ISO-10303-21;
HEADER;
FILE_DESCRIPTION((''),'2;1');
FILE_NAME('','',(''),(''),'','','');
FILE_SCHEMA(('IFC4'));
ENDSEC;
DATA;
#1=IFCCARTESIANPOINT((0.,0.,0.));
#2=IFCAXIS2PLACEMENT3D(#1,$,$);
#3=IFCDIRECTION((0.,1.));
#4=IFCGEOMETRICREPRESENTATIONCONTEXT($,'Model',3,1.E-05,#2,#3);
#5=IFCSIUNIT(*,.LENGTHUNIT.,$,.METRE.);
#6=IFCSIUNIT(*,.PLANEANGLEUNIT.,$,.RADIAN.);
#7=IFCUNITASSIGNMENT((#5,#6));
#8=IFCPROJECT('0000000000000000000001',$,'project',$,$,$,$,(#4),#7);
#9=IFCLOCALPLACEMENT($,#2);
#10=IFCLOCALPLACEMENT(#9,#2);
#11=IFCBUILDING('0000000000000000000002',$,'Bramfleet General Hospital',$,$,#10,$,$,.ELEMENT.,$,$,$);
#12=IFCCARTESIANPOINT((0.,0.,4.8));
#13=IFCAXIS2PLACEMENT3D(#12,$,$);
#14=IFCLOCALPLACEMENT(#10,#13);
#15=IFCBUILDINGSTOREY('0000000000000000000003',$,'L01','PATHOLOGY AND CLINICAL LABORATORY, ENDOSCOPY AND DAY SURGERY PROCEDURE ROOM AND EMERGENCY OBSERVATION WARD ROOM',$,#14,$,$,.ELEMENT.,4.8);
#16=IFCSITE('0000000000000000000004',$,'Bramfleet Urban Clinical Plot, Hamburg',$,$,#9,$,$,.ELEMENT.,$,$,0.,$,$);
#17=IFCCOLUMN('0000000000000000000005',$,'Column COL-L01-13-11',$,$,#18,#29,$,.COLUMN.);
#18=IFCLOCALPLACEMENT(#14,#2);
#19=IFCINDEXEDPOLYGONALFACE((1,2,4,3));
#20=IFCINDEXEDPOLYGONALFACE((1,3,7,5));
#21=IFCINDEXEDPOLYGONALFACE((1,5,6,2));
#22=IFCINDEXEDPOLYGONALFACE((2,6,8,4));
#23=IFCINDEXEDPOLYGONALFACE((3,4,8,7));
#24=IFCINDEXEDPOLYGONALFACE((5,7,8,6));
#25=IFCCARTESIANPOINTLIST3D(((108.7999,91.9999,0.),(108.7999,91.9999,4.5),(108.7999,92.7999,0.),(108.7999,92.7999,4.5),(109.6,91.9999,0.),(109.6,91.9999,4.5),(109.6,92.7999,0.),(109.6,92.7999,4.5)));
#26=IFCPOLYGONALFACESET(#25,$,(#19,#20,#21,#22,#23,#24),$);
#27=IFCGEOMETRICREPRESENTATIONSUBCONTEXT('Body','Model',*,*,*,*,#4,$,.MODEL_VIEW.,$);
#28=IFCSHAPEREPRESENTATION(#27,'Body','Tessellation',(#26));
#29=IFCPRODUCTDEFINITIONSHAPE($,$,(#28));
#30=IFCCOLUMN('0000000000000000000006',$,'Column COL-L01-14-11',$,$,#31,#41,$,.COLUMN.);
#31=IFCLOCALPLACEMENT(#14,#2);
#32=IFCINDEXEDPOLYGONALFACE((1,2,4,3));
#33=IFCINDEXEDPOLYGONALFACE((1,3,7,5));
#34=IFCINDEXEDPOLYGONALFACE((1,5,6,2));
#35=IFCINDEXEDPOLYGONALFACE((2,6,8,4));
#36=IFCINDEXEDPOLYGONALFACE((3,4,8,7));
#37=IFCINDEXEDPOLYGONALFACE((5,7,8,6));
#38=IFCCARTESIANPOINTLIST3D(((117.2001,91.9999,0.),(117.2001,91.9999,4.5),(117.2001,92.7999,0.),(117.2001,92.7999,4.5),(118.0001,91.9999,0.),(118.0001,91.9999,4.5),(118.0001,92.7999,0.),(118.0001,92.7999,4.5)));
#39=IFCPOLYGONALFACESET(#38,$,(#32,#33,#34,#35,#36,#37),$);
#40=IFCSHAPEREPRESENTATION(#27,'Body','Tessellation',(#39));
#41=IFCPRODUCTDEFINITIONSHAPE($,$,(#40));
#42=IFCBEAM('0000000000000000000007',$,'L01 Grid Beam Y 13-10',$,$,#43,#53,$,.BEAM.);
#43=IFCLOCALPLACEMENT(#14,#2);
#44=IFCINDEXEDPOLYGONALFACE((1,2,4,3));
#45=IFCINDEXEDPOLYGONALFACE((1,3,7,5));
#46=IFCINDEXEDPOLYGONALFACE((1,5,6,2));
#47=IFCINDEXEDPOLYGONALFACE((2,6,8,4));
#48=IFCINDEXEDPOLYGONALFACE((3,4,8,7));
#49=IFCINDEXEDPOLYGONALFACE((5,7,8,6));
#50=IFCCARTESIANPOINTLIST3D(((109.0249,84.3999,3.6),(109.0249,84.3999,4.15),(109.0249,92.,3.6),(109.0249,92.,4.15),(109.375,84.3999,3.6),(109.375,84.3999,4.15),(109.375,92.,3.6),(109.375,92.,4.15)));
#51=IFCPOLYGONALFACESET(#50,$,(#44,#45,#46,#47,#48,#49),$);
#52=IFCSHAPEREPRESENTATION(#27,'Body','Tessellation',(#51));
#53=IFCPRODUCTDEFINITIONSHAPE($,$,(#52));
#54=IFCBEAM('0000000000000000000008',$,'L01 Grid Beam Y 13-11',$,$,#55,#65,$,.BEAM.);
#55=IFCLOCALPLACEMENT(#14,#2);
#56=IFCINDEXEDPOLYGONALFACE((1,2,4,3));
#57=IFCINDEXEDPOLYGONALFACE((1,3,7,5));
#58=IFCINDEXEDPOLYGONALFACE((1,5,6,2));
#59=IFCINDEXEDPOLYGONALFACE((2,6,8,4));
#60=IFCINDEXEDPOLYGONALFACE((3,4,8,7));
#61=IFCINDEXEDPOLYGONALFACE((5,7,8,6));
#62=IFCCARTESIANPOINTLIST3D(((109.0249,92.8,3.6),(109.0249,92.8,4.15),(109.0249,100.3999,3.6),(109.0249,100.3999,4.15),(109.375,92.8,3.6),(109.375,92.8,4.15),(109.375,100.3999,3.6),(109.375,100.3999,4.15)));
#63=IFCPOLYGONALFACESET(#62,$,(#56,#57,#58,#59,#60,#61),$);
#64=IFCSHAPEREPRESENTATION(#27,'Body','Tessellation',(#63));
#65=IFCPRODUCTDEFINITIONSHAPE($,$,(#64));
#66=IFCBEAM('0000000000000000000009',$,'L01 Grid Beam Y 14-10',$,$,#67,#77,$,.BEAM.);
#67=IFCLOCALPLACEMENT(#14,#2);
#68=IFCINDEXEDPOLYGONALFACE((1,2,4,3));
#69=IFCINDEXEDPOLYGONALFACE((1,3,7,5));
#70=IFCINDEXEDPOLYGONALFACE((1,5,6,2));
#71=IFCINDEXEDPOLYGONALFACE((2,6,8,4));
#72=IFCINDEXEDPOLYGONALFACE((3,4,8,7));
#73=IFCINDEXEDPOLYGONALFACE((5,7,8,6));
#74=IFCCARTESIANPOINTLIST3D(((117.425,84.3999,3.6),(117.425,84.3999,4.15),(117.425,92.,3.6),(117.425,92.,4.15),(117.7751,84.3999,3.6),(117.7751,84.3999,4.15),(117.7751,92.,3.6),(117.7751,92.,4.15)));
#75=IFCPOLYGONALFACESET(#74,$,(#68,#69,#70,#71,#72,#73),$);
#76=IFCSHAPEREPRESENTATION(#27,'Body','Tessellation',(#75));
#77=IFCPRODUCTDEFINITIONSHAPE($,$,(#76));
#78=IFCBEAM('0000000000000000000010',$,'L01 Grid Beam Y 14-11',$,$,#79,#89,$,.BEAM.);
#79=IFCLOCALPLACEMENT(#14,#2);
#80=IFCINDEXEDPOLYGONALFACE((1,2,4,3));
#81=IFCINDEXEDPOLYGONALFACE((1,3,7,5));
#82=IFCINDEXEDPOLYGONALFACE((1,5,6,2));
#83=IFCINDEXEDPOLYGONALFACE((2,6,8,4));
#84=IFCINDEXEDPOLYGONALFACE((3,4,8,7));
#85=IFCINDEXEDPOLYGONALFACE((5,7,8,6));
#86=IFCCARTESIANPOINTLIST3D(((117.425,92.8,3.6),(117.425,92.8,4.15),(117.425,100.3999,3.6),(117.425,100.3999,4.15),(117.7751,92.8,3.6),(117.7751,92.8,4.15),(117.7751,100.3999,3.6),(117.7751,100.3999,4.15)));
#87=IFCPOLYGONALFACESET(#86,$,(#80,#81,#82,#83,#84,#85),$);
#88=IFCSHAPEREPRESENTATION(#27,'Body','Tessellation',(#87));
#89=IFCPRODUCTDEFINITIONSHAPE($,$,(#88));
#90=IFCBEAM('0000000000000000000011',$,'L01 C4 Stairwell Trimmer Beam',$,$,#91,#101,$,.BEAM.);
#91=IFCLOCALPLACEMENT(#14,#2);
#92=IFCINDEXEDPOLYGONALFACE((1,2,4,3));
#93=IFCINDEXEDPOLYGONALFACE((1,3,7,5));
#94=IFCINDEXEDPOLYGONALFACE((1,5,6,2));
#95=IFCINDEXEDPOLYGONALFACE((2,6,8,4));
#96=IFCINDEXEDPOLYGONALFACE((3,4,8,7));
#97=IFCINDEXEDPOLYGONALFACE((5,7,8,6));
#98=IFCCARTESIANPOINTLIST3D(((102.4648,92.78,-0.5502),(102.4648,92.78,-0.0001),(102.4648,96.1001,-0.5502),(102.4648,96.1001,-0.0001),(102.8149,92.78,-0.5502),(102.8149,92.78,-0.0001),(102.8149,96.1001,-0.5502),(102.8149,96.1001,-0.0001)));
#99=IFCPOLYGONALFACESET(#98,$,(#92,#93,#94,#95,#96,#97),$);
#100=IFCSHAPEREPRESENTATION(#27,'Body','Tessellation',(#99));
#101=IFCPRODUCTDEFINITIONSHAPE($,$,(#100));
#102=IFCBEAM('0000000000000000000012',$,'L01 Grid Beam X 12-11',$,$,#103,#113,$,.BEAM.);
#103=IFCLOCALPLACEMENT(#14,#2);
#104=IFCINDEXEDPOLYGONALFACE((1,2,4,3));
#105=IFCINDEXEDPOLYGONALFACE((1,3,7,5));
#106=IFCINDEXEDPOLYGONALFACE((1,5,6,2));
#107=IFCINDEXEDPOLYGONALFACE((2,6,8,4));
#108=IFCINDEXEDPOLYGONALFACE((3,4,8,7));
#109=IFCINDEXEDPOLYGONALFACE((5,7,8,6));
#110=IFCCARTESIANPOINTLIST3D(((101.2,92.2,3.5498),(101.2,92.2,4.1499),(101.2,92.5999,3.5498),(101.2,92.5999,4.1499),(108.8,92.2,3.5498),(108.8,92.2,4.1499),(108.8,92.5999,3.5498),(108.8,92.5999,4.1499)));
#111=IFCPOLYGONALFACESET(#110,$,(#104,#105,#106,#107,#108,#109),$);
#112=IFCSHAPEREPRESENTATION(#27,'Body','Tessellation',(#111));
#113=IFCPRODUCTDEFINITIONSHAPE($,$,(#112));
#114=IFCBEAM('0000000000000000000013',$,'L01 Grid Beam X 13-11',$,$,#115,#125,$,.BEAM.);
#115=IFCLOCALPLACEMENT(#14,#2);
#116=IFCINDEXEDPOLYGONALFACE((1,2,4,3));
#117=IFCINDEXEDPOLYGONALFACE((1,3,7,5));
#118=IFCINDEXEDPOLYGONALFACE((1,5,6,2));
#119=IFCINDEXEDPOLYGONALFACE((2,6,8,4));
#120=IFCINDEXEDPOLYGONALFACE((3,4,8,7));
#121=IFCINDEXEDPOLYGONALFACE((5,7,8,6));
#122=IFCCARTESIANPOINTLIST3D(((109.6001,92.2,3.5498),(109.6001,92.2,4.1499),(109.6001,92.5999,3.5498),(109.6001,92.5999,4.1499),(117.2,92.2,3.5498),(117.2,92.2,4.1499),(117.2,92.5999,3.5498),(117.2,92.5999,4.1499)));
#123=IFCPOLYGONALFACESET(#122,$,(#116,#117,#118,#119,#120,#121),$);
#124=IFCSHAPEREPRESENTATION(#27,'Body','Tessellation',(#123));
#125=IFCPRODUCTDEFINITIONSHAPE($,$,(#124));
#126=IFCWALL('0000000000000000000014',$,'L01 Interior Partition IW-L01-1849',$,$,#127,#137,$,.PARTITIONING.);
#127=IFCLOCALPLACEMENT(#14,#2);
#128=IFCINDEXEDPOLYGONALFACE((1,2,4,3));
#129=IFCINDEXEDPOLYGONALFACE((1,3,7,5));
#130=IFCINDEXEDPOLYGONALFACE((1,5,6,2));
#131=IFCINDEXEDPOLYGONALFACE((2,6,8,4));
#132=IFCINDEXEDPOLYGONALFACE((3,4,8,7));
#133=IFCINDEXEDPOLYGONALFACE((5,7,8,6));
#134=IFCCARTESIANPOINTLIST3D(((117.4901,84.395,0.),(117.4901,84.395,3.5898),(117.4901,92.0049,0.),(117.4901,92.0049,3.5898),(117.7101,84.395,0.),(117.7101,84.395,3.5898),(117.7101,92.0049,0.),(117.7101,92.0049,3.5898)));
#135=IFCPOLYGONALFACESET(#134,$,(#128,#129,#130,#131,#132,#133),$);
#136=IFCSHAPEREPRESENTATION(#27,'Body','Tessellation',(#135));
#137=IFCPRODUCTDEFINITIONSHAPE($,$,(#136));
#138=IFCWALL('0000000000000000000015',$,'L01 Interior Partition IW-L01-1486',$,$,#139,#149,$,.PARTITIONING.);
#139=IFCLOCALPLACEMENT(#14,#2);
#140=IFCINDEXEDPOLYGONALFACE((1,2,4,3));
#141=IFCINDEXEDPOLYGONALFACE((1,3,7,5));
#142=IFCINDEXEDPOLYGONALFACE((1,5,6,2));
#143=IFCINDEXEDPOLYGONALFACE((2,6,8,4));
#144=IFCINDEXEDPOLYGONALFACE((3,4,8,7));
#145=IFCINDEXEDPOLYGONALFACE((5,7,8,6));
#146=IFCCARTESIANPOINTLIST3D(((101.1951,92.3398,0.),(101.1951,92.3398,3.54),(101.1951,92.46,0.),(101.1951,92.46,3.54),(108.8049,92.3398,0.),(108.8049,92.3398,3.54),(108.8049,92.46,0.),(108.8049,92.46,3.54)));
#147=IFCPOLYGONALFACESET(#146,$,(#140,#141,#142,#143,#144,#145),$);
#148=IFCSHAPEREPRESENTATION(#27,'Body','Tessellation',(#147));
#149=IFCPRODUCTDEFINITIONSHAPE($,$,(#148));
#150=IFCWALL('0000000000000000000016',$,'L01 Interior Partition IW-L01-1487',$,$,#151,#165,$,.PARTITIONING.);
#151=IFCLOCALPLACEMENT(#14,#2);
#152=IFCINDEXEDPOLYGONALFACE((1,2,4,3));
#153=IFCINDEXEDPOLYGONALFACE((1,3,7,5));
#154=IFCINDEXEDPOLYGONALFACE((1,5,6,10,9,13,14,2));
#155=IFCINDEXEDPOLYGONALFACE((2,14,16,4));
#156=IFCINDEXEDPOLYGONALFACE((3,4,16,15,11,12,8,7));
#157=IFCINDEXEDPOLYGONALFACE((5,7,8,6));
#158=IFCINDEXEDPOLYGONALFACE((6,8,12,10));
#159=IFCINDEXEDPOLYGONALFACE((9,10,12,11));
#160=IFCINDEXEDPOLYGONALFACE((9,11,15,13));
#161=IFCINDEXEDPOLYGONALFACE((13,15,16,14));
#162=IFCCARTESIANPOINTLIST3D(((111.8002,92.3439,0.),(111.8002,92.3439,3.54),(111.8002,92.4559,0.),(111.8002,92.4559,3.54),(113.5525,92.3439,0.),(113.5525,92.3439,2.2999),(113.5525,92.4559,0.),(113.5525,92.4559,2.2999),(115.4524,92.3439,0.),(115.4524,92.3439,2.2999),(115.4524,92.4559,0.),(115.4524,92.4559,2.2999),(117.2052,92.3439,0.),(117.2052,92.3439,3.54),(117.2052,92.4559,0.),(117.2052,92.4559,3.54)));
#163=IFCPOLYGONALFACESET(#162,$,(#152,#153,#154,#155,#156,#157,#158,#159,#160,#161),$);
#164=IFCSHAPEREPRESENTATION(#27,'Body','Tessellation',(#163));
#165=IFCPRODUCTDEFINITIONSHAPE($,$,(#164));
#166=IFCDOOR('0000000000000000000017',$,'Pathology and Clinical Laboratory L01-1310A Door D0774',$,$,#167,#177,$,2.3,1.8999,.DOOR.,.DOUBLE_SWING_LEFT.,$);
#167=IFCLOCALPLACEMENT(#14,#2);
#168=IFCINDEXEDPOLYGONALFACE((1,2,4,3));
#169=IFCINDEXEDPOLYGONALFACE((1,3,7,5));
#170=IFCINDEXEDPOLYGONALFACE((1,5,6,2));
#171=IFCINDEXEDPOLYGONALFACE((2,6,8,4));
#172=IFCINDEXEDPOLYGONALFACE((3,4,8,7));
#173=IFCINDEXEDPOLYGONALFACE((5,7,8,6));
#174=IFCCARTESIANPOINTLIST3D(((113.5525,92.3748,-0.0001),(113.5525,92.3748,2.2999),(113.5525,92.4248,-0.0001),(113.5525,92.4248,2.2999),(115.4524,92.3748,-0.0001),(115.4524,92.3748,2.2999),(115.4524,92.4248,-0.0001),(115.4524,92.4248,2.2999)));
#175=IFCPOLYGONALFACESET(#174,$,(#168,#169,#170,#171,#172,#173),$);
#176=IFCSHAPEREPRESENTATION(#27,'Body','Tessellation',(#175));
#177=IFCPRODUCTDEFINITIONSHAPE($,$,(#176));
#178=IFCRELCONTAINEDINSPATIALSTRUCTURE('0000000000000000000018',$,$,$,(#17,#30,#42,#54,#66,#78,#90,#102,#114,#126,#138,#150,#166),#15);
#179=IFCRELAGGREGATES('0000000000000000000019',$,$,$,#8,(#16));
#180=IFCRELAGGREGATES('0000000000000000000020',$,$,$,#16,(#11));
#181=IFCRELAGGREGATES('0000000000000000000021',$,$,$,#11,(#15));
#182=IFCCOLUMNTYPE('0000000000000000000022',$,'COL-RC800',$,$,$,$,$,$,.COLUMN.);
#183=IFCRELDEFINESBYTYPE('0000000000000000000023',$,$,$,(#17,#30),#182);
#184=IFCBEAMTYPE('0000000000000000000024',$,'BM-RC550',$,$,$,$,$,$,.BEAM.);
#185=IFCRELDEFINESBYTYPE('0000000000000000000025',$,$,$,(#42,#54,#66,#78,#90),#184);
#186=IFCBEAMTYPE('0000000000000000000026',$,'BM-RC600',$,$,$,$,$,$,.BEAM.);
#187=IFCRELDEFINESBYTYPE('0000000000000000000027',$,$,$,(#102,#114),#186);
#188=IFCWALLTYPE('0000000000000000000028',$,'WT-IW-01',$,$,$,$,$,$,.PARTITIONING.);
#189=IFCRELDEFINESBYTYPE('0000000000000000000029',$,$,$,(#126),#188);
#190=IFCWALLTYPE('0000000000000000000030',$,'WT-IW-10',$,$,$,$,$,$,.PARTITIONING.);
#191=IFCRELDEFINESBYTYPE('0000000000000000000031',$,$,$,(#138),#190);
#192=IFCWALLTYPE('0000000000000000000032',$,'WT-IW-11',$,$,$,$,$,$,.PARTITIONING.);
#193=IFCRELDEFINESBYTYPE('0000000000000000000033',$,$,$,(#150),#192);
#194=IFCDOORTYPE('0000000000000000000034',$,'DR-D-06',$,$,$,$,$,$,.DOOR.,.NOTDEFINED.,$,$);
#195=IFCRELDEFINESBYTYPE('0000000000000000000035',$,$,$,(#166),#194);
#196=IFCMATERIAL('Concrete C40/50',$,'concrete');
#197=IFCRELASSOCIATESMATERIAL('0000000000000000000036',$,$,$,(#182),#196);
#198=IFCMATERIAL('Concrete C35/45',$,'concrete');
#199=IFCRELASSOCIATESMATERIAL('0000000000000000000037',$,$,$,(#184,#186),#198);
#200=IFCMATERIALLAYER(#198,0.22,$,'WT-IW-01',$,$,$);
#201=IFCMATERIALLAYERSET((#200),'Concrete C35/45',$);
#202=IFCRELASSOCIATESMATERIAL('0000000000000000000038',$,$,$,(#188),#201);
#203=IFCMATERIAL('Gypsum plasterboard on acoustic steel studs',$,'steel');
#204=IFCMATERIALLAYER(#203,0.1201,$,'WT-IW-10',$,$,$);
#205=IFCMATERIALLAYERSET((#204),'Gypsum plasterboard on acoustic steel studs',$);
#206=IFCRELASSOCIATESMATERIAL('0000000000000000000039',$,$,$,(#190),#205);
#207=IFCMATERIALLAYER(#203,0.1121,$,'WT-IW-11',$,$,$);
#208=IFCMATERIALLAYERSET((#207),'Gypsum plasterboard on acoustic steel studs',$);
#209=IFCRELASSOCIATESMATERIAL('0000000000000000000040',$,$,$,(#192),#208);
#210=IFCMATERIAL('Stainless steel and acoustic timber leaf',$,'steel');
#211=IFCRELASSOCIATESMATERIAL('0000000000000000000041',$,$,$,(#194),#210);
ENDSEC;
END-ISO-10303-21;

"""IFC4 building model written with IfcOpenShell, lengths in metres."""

from ifc_helpers import new_model, si_unit, direction, frame, frame_2d, origin, origin_2d, place, context, subcontext, project, spatial, rectangle, extrude, material, layer, layer_set, material_profile, profile_set, type_object, element, fill, save


model = new_model("IFC4")

# Units and contexts
model_context = context("Model", 3, precision=1e-05, world=origin(), true_north=direction((0.0, 1.0)))
body_context = subcontext(model_context, "Body", "Model", "MODEL_VIEW")
ifc_project = project(units=[si_unit("LENGTHUNIT", "METRE"), si_unit("PLANEANGLEUNIT", "RADIAN")], contexts=[model_context])

# Site, building, storey
site_placement = place(None, origin())
site = spatial("IfcSite", under=ifc_project, at=site_placement, Name="Bramfleet Urban Clinical Plot, Hamburg", CompositionType="ELEMENT", RefElevation=0.0)
building_placement = place(site_placement, origin())
building = spatial("IfcBuilding", under=site, at=building_placement, Name="Bramfleet General Hospital", CompositionType="ELEMENT")
storey_placement = place(building_placement, frame((0.0, 0.0, 4.8)))
storey = spatial("IfcBuildingStorey", under=building, at=storey_placement, Name="L01", Description="PATHOLOGY AND CLINICAL LABORATORY, ENDOSCOPY AND DAY SURGERY PROCEDURE ROOM AND EMERGENCY OBSERVATION WARD ROOM", CompositionType="ELEMENT", Elevation=4.8)

# Columns
ifc_material_1 = material(Name="Concrete C40/50", Category="concrete")
ifc_material_profile_1 = material_profile(ifc_material_1, rectangle(XDim=0.8, YDim=0.8, at=origin_2d()), Name="RC COL 800x800")
ifc_profile_set_1 = profile_set([ifc_material_profile_1], Name="Concrete C40/50")
column_type = type_object("IfcColumnType", Name="COL-RC800", PredefinedType="COLUMN", material=ifc_profile_set_1)
for number, where, z_axis, x_axis, name in (
    (1, (109.2, 92.3999, 0.0), (0.0, 0.0, 1.0), (1.0, 0.0, 0.0), "Column COL-L01-13-11"),
    (2, (117.6001, 92.3999, 0.0), (0.0, 0.0, 1.0), (1.0, 0.0, 0.0), "Column COL-L01-14-11"),
):
    element("IfcColumn", number, at=place(storey_placement, frame(where, z_axis=z_axis, x_axis=x_axis)), inside=storey, type_object=column_type, Name=name, PredefinedType="COLUMN", context=body_context, shape_type="SweptSolid", body=[
        extrude(rectangle(XDim=0.8, YDim=0.8, at=origin_2d()), origin(), (0.0, 0.0, 1.0), 4.5),
    ])

# Beams
ifc_material_2 = material(Name="Concrete C35/45", Category="concrete")
ifc_material_profile_2 = material_profile(ifc_material_2, rectangle(XDim=0.3501, YDim=0.55, at=origin_2d()), Name="RC BM 550x350")
ifc_profile_set_2 = profile_set([ifc_material_profile_2], Name="Concrete C35/45")
beam_type_1 = type_object("IfcBeamType", Name="BM-RC550", PredefinedType="BEAM", material=ifc_profile_set_2)
beam_1_placement = place(storey_placement, frame((109.2, 84.3999, 3.875), z_axis=(0.0, 1.0, 0.0), x_axis=(-1.0, 0.0, 0.0)))
element("IfcBeam", 3, at=beam_1_placement, inside=storey, type_object=beam_type_1, Name="L01 Grid Beam Y 13-10", PredefinedType="BEAM", context=body_context, shape_type="SweptSolid", body=[
    extrude(rectangle(XDim=0.3501, YDim=0.55, at=origin_2d()), origin(), (0.0, 0.0, 1.0), 7.6001),
])
beam_2_placement = place(storey_placement, frame((109.2, 92.8, 3.875), z_axis=(0.0, 1.0, 0.0), x_axis=(-1.0, 0.0, 0.0)))
element("IfcBeam", 4, at=beam_2_placement, inside=storey, type_object=beam_type_1, Name="L01 Grid Beam Y 13-11", PredefinedType="BEAM", context=body_context, shape_type="SweptSolid", body=[
    extrude(rectangle(XDim=0.3501, YDim=0.55, at=origin_2d()), origin(), (0.0, 0.0, 1.0), 7.5999),
])
beam_3_placement = place(storey_placement, frame((117.6001, 84.3999, 3.875), z_axis=(0.0, 1.0, 0.0), x_axis=(-1.0, 0.0, 0.0)))
element("IfcBeam", 5, at=beam_3_placement, inside=storey, type_object=beam_type_1, Name="L01 Grid Beam Y 14-10", PredefinedType="BEAM", context=body_context, shape_type="SweptSolid", body=[
    extrude(rectangle(XDim=0.3501, YDim=0.55, at=origin_2d()), origin(), (0.0, 0.0, 1.0), 7.6001),
])
beam_4_placement = place(storey_placement, frame((117.6001, 92.8, 3.875), z_axis=(0.0, 1.0, 0.0), x_axis=(-1.0, 0.0, 0.0)))
element("IfcBeam", 6, at=beam_4_placement, inside=storey, type_object=beam_type_1, Name="L01 Grid Beam Y 14-11", PredefinedType="BEAM", context=body_context, shape_type="SweptSolid", body=[
    extrude(rectangle(XDim=0.3501, YDim=0.55, at=origin_2d()), origin(), (0.0, 0.0, 1.0), 7.5999),
])
beam_5_placement = place(storey_placement, frame((102.6399, 92.78, -0.2751), z_axis=(0.0, 1.0, 0.0), x_axis=(-1.0, 0.0, 0.0)))
element("IfcBeam", 7, at=beam_5_placement, inside=storey, type_object=beam_type_1, Name="L01 C4 Stairwell Trimmer Beam", PredefinedType="BEAM", context=body_context, shape_type="SweptSolid", body=[
    extrude(rectangle(XDim=0.3501, YDim=0.55, at=origin_2d()), origin(), (0.0, 0.0, 1.0), 3.3201),
])
ifc_material_profile_3 = material_profile(ifc_material_2, rectangle(XDim=0.3999, YDim=0.6001, at=origin_2d()), Name="RC BM 600x400")
ifc_profile_set_3 = profile_set([ifc_material_profile_3], Name="Concrete C35/45")
beam_type_2 = type_object("IfcBeamType", Name="BM-RC600", PredefinedType="BEAM", material=ifc_profile_set_3)
beam_6_placement = place(storey_placement, frame((101.2, 92.3999, 3.8499), z_axis=(1.0, 0.0, 0.0), x_axis=(0.0, 1.0, 0.0)))
element("IfcBeam", 8, at=beam_6_placement, inside=storey, type_object=beam_type_2, Name="L01 Grid Beam X 12-11", PredefinedType="BEAM", context=body_context, shape_type="SweptSolid", body=[
    extrude(rectangle(XDim=0.3999, YDim=0.6001, at=origin_2d()), origin(), (0.0, 0.0, 1.0), 7.6001),
])
beam_7_placement = place(storey_placement, frame((109.6001, 92.3999, 3.8499), z_axis=(1.0, 0.0, 0.0), x_axis=(0.0, 1.0, 0.0)))
element("IfcBeam", 9, at=beam_7_placement, inside=storey, type_object=beam_type_2, Name="L01 Grid Beam X 13-11", PredefinedType="BEAM", context=body_context, shape_type="SweptSolid", body=[
    extrude(rectangle(XDim=0.3999, YDim=0.6001, at=origin_2d()), origin(), (0.0, 0.0, 1.0), 7.5999),
])

# Walls
ifc_layer_1 = layer(ifc_material_2, 0.22, Name="WT-IW-01")
ifc_layer_set_1 = layer_set([ifc_layer_1], Name="Concrete C35/45")
wall_type_1 = type_object("IfcWallType", Name="WT-IW-01", PredefinedType="PARTITIONING", material=ifc_layer_set_1)
wall_1_placement = place(storey_placement, frame((117.6001, 84.395, 0.0), z_axis=(0.0, 0.0, 1.0), x_axis=(0.0, 1.0, 0.0)))
element("IfcWall", 10, at=wall_1_placement, inside=storey, type_object=wall_type_1, Name="L01 Interior Partition IW-L01-1849", PredefinedType="PARTITIONING", context=body_context, shape_type="SweptSolid", body=[
    extrude(rectangle(XDim=7.6099, YDim=0.22, at=frame_2d((3.8049, 0.0))), origin(), (0.0, 0.0, 1.0), 3.5898),
])
ifc_material_3 = material(Name="Gypsum plasterboard on acoustic steel studs", Category="steel")
ifc_layer_2 = layer(ifc_material_3, 0.1201, Name="WT-IW-10")
ifc_layer_set_2 = layer_set([ifc_layer_2], Name="Gypsum plasterboard on acoustic steel studs")
wall_type_2 = type_object("IfcWallType", Name="WT-IW-10", PredefinedType="PARTITIONING", material=ifc_layer_set_2)
wall_2_placement = place(storey_placement, frame((101.1951, 92.3999, 0.0), z_axis=(0.0, 0.0, 1.0), x_axis=(1.0, 0.0, 0.0)))
element("IfcWall", 11, at=wall_2_placement, inside=storey, type_object=wall_type_2, Name="L01 Interior Partition IW-L01-1486", PredefinedType="PARTITIONING", context=body_context, shape_type="SweptSolid", body=[
    extrude(rectangle(XDim=7.6099, YDim=0.1201, at=frame_2d((3.8049, 0.0))), origin(), (0.0, 0.0, 1.0), 3.54),
])

# Wall, opening, door
ifc_layer_3 = layer(ifc_material_3, 0.1121, Name="WT-IW-11")
ifc_layer_set_3 = layer_set([ifc_layer_3], Name="Gypsum plasterboard on acoustic steel studs")
wall_type_3 = type_object("IfcWallType", Name="WT-IW-11", PredefinedType="PARTITIONING", material=ifc_layer_set_3)
wall_3_placement = place(storey_placement, frame((111.8, 92.3999, 0.0), z_axis=(0.0, 0.0, 1.0), x_axis=(1.0, 0.0, 0.0)))
wall_3 = element("IfcWall", 12, at=wall_3_placement, inside=storey, type_object=wall_type_3, Name="L01 Interior Partition IW-L01-1487", PredefinedType="PARTITIONING", context=body_context, shape_type="SweptSolid", body=[
    extrude(rectangle(XDim=5.405, YDim=0.1121, at=frame_2d((2.7026, 0.0))), origin(), (0.0, 0.0, 1.0), 3.54),
])
opening_placement = place(wall_3_placement, frame((1.7524, 0.0, 0.0)))
opening = element("IfcOpeningElement", 13, at=opening_placement, cuts=wall_3, PredefinedType="OPENING", context=body_context, shape_type="SweptSolid", body=[
    extrude(rectangle(XDim=1.8999, YDim=2.3, at=frame_2d((0.95, 1.1499))), frame((0.0, 0.0659, 0.0), z_axis=(0.0, -1.0, 0.0), x_axis=(1.0, 0.0, 0.0)), (0.0, 0.0, 1.0), 0.1321),
])
ifc_material_4 = material(Name="Stainless steel and acoustic timber leaf", Category="steel")
door_type = type_object("IfcDoorType", Name="DR-D-06", OperationType="NOTDEFINED", PredefinedType="DOOR", material=ifc_material_4)
door_placement = place(opening_placement, origin())
door = element("IfcDoor", 14, at=door_placement, inside=storey, type_object=door_type, Name="Pathology and Clinical Laboratory L01-1310A Door D0774", OperationType="DOUBLE_SWING_LEFT", OverallHeight=2.3, OverallWidth=1.8999, PredefinedType="DOOR", context=body_context, shape_type="SweptSolid", body=[
    extrude(rectangle(XDim=1.8999, YDim=2.3, at=frame_2d((0.95, 1.1499))), frame((0.0, 0.0249, 0.0), z_axis=(0.0, -1.0, 0.0), x_axis=(1.0, 0.0, 0.0)), (0.0, 0.0, 1.0), 0.05),
])
fill(opening, door)

save(model, "model.ifc")
